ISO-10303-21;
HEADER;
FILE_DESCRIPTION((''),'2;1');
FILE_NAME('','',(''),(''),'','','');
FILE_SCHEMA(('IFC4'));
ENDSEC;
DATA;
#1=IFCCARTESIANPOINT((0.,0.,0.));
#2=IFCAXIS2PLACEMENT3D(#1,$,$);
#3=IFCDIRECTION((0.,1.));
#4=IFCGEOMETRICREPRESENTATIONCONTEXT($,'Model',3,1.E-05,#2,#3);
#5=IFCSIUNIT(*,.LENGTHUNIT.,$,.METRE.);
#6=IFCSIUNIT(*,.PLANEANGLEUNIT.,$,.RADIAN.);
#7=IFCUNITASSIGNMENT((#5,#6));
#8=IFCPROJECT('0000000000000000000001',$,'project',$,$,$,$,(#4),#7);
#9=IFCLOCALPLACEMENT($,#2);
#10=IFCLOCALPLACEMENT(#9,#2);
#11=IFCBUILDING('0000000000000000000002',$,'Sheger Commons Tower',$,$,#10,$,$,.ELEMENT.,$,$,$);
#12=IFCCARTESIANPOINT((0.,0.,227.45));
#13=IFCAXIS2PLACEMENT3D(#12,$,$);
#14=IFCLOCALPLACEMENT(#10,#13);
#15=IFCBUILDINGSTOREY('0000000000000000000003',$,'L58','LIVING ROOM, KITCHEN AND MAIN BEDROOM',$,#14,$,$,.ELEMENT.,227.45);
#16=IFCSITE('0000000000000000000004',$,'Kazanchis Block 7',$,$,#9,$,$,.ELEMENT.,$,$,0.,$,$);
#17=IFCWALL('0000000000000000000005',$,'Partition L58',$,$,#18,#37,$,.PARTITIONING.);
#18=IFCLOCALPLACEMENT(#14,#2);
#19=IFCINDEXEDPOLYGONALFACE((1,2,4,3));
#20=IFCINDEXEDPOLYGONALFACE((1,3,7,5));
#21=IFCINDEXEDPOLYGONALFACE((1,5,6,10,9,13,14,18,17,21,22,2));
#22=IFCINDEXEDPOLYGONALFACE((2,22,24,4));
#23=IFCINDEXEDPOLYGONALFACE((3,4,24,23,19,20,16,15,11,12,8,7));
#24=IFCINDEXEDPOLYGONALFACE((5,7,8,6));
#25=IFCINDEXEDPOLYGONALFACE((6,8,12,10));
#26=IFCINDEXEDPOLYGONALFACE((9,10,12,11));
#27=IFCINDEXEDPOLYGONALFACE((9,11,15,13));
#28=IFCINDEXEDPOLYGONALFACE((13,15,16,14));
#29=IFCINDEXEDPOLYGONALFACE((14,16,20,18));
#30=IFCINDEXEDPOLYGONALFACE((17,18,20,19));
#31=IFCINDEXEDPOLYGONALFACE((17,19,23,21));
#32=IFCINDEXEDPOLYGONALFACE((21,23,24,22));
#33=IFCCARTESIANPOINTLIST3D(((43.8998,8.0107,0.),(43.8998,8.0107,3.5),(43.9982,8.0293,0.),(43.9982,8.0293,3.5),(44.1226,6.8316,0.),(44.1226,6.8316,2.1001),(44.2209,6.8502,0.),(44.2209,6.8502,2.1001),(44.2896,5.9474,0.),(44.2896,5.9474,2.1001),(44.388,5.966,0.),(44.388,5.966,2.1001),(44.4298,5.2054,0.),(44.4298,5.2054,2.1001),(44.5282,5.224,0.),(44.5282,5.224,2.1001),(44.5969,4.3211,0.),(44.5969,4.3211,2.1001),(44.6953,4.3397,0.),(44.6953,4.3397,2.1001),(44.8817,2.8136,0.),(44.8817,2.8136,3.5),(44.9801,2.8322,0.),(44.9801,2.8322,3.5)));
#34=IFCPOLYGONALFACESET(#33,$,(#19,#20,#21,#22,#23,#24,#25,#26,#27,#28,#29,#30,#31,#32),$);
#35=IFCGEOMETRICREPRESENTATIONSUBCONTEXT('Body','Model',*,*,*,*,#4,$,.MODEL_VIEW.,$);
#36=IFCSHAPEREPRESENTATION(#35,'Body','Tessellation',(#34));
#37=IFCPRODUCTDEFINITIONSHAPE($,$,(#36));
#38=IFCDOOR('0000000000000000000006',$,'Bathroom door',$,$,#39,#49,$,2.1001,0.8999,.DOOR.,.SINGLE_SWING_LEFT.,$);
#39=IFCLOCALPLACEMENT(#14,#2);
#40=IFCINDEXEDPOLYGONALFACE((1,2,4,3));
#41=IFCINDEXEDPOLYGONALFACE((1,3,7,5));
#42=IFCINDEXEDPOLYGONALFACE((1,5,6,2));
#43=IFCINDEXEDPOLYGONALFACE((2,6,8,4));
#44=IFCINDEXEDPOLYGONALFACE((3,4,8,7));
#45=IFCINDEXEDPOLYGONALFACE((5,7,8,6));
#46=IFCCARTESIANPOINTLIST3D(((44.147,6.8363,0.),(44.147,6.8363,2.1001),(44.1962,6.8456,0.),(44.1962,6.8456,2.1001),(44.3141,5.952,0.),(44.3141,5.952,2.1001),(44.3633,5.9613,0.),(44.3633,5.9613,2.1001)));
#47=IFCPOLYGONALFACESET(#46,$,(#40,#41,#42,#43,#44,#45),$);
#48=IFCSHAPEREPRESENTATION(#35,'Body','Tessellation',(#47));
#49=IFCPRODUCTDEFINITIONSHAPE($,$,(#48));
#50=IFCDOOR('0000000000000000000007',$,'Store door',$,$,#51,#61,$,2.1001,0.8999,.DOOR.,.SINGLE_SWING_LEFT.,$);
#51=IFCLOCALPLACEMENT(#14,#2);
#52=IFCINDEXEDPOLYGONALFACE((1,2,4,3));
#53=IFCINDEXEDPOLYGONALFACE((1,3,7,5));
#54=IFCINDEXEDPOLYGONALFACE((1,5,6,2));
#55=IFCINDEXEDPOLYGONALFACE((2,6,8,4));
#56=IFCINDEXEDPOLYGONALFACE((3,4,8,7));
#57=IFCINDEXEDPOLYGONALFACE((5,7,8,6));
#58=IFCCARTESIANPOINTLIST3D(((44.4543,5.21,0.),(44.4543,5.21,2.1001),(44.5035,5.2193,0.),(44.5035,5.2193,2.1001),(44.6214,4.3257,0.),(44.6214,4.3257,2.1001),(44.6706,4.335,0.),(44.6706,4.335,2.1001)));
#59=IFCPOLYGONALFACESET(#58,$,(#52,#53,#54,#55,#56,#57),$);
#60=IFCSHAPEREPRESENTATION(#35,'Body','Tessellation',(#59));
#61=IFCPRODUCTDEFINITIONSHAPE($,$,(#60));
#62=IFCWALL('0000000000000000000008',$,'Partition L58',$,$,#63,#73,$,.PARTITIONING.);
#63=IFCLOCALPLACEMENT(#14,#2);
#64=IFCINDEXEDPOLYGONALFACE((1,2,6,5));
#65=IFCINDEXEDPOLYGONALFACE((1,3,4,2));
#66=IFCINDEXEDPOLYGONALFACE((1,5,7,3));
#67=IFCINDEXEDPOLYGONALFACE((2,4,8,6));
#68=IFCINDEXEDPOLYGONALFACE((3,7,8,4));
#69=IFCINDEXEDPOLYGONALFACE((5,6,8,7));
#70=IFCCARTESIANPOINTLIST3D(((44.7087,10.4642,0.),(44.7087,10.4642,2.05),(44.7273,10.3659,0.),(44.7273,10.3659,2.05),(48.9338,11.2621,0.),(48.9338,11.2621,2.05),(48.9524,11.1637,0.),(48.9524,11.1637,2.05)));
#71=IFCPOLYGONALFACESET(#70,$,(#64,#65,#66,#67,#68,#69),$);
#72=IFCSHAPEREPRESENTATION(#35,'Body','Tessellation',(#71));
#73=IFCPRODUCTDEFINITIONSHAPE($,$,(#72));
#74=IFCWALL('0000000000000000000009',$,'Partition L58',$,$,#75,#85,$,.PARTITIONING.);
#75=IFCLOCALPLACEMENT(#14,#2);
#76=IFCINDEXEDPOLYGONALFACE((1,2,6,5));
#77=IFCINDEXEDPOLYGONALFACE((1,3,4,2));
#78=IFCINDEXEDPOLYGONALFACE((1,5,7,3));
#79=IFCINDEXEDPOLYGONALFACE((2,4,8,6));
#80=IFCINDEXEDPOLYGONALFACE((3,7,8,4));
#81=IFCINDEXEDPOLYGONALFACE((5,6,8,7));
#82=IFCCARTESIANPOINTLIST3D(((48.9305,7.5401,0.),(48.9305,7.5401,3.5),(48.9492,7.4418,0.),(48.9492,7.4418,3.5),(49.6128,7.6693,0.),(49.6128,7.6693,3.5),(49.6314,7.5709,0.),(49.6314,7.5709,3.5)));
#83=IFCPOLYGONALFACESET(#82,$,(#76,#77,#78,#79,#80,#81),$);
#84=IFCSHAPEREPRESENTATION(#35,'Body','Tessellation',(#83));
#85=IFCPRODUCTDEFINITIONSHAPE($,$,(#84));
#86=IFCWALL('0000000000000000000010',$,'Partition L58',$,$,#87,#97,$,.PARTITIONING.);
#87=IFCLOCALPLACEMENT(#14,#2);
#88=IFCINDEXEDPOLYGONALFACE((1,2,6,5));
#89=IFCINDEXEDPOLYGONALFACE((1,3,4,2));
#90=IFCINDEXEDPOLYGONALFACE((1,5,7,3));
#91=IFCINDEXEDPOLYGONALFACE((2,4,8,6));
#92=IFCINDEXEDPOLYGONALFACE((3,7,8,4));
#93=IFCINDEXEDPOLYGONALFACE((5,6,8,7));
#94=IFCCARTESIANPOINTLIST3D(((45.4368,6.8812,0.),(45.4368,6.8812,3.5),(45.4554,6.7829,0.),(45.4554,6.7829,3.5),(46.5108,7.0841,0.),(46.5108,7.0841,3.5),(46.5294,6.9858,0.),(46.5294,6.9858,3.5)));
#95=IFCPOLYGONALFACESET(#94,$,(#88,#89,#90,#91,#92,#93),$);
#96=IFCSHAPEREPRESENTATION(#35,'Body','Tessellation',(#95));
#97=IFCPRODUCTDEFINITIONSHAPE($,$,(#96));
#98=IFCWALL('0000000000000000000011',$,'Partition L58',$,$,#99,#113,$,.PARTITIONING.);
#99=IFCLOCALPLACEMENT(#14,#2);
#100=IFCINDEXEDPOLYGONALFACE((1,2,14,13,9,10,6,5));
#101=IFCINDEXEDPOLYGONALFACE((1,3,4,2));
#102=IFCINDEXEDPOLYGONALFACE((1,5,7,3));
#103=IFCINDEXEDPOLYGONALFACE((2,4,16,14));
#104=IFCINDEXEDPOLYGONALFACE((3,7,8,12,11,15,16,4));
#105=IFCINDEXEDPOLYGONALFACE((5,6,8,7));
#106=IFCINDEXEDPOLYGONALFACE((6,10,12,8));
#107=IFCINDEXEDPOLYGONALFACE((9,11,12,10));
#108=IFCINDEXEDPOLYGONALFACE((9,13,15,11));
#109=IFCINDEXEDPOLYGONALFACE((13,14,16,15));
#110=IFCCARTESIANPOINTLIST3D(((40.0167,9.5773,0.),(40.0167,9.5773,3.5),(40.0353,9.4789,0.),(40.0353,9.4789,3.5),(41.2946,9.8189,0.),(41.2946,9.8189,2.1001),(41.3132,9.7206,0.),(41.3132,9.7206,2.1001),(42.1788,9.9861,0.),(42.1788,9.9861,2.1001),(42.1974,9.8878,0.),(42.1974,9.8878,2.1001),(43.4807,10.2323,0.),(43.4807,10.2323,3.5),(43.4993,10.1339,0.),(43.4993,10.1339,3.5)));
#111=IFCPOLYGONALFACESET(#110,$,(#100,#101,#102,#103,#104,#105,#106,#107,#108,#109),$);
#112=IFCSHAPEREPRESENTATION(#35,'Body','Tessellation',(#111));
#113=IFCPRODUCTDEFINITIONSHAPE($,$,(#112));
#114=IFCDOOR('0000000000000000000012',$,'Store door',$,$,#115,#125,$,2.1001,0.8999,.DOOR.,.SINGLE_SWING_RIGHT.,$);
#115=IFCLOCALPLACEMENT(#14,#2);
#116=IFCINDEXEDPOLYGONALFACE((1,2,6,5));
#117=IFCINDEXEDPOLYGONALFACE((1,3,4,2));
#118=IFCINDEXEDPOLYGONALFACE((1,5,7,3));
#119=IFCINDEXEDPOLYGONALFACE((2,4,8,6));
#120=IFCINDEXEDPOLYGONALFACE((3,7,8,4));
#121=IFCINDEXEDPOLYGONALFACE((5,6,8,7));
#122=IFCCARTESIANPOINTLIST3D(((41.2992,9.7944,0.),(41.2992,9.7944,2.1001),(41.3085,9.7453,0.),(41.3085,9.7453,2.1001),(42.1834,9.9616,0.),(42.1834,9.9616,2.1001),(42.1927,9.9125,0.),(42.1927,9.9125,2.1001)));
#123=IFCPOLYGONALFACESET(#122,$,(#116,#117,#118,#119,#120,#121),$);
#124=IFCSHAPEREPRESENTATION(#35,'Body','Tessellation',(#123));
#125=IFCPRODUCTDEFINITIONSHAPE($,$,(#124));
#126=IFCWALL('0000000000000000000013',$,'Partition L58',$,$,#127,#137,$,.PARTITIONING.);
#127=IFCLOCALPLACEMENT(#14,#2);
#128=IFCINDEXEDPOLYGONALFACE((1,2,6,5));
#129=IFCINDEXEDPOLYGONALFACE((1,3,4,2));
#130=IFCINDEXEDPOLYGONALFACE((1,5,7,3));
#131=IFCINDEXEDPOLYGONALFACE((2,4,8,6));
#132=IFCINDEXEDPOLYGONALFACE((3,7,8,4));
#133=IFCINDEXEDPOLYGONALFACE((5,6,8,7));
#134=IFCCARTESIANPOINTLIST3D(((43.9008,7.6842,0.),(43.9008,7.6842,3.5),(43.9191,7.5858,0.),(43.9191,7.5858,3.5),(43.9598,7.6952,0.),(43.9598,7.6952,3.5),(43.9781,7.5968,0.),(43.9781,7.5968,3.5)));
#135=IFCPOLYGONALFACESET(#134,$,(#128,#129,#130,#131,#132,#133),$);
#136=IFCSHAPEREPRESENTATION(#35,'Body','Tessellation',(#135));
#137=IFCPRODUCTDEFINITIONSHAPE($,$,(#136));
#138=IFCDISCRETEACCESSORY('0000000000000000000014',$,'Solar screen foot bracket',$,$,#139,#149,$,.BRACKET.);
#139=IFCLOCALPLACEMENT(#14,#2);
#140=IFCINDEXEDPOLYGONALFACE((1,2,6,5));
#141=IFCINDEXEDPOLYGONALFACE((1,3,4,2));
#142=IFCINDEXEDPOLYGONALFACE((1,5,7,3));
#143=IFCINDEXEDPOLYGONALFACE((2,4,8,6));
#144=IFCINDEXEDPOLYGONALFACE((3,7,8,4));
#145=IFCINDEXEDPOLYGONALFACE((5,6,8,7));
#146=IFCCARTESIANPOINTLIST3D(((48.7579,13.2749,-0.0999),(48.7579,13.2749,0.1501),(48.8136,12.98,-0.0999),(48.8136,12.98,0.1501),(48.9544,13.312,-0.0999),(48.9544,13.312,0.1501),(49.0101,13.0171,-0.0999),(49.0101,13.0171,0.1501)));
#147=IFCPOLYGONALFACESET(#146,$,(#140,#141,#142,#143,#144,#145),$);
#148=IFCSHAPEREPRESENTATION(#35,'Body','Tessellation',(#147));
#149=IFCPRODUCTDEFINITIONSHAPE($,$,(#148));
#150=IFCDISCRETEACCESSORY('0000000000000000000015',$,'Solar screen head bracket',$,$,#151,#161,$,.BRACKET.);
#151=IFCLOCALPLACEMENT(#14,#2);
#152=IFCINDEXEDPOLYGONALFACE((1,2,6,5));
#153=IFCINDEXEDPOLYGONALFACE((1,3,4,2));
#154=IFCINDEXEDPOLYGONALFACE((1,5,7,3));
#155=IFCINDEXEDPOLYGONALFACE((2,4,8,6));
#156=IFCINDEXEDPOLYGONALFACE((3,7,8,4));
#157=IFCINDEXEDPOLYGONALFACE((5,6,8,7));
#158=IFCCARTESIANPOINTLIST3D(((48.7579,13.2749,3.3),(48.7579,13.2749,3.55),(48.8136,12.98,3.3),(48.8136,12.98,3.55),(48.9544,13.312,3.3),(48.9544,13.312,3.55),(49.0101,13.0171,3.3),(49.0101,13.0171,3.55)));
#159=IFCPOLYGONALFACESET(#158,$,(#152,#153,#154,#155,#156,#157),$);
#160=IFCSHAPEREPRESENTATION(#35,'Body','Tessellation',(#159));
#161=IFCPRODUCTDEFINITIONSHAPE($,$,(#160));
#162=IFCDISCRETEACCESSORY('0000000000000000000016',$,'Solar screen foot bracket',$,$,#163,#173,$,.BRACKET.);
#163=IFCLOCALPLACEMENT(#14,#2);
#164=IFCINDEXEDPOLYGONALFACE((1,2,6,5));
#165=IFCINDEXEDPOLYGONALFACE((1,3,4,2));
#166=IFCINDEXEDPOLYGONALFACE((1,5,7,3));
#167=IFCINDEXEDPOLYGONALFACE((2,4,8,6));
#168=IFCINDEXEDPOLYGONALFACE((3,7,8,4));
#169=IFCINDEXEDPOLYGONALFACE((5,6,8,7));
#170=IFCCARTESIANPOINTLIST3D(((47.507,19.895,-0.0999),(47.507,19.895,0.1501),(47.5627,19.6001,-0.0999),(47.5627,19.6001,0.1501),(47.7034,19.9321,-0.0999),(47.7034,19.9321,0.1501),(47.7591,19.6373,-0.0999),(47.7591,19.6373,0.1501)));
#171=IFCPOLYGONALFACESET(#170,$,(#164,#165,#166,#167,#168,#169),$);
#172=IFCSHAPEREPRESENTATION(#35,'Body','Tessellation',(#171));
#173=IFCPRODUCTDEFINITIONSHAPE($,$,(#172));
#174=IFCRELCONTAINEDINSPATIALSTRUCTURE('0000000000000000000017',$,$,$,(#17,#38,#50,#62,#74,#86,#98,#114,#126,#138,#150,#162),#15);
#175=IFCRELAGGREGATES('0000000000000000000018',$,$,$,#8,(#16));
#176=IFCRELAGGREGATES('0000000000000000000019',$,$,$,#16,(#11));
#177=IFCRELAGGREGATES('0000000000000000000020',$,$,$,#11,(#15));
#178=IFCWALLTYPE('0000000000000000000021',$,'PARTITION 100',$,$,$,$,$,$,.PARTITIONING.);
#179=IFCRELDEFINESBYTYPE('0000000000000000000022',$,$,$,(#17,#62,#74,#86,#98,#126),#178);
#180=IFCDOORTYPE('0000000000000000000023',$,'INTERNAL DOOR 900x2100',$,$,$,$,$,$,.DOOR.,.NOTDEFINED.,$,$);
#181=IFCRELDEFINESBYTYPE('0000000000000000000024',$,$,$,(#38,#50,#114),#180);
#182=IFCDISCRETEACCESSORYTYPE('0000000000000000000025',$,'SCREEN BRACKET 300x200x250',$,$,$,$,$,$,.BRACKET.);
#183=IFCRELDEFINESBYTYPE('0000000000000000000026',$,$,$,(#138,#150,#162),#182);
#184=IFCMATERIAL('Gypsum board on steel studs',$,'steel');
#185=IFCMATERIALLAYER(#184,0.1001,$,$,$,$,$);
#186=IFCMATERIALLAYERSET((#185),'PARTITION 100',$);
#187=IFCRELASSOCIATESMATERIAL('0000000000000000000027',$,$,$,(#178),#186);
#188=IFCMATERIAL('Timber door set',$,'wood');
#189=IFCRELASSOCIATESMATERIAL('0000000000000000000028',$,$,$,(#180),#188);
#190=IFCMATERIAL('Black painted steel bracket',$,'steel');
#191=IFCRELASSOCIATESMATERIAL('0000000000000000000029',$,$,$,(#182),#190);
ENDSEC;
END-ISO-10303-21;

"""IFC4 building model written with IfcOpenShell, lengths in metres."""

from ifc_helpers import new_model, si_unit, direction, frame, frame_2d, origin, origin_2d, place, context, subcontext, project, spatial, rectangle, extrude, material, layer, layer_set, type_object, element, fill, save


model = new_model("IFC4")

# Units and contexts
model_context = context("Model", 3, precision=1e-05, world=origin(), true_north=direction((0.0, 1.0)))
body_context = subcontext(model_context, "Body", "Model", "MODEL_VIEW")
ifc_project = project(units=[si_unit("LENGTHUNIT", "METRE"), si_unit("PLANEANGLEUNIT", "RADIAN")], contexts=[model_context])

# Site, building, storey
site_placement = place(None, origin())
site = spatial("IfcSite", under=ifc_project, at=site_placement, Name="Kazanchis Block 7", CompositionType="ELEMENT", RefElevation=0.0)
building_placement = place(site_placement, origin())
building = spatial("IfcBuilding", under=site, at=building_placement, Name="Sheger Commons Tower", CompositionType="ELEMENT")
storey_placement = place(building_placement, frame((0.0, 0.0, 227.45)))
storey = spatial("IfcBuildingStorey", under=building, at=storey_placement, Name="L58", Description="LIVING ROOM, KITCHEN AND MAIN BEDROOM", CompositionType="ELEMENT", Elevation=227.45)

# Shared definitions
ifc_material_1 = material(Name="Gypsum board on steel studs", Category="steel")
ifc_layer_1 = layer(ifc_material_1, 0.1001)
ifc_layer_set_1 = layer_set([ifc_layer_1], Name="PARTITION 100")
wall_type_1 = type_object("IfcWallType", Name="PARTITION 100", PredefinedType="PARTITIONING", material=ifc_layer_set_1)

# Shared definitions
ifc_material_2 = material(Name="Timber door set", Category="wood")
door_type = type_object("IfcDoorType", Name="INTERNAL DOOR 900x2100", OperationType="NOTDEFINED", PredefinedType="DOOR", material=ifc_material_2)

# Wall, openings, doors
wall_1_placement = place(storey_placement, frame((43.949, 8.02, 0.0), z_axis=(0.0, 0.0, 1.0), x_axis=(0.185657, -0.982615, 0.0)))
wall_1 = element("IfcWall", 1, at=wall_1_placement, inside=storey, type_object=wall_type_1, Name="Partition L58", PredefinedType="PARTITIONING", context=body_context, shape_type="SweptSolid", body=[
    extrude(rectangle(XDim=5.2891, YDim=0.1001, at=frame_2d((2.6445, 0.0))), origin(), (0.0, 0.0, 1.0), 3.5),
])
opening_1_placement = place(wall_1_placement, frame((1.2, 0.0, 0.0)))
opening_1 = element("IfcOpeningElement", 2, at=opening_1_placement, cuts=wall_1, PredefinedType="OPENING", context=body_context, shape_type="SweptSolid", body=[
    extrude(rectangle(XDim=0.8999, YDim=2.1001, at=frame_2d((0.45, 1.05))), frame((0.0, 0.0601, 0.0), z_axis=(0.0, -1.0, 0.0), x_axis=(1.0, 0.0, 0.0)), (0.0, 0.0, 1.0), 0.1201),
])
opening_2_placement = place(wall_1_placement, frame((2.855, 0.0, 0.0)))
opening_2 = element("IfcOpeningElement", 3, at=opening_2_placement, cuts=wall_1, PredefinedType="OPENING", context=body_context, shape_type="SweptSolid", body=[
    extrude(rectangle(XDim=0.8999, YDim=2.1001, at=frame_2d((0.45, 1.05))), frame((0.0, 0.0601, 0.0), z_axis=(0.0, -1.0, 0.0), x_axis=(1.0, 0.0, 0.0)), (0.0, 0.0, 1.0), 0.1201),
])
door_1_placement = place(opening_1_placement, origin())
door_1 = element("IfcDoor", 4, at=door_1_placement, inside=storey, type_object=door_type, Name="Bathroom door", OperationType="SINGLE_SWING_LEFT", OverallHeight=2.1001, OverallWidth=0.8999, PredefinedType="DOOR", context=body_context, shape_type="SweptSolid", body=[
    extrude(rectangle(XDim=0.8999, YDim=2.1001, at=frame_2d((0.45, 1.05))), frame((0.0, 0.0249, 0.0), z_axis=(0.0, -1.0, 0.0), x_axis=(1.0, 0.0, 0.0)), (0.0, 0.0, 1.0), 0.05),
])
fill(opening_1, door_1)
door_2_placement = place(opening_2_placement, origin())
door_2 = element("IfcDoor", 5, at=door_2_placement, inside=storey, type_object=door_type, Name="Store door", OperationType="SINGLE_SWING_LEFT", OverallHeight=2.1001, OverallWidth=0.8999, PredefinedType="DOOR", context=body_context, shape_type="SweptSolid", body=[
    extrude(rectangle(XDim=0.8999, YDim=2.1001, at=frame_2d((0.45, 1.05))), frame((0.0, 0.0249, 0.0), z_axis=(0.0, -1.0, 0.0), x_axis=(1.0, 0.0, 0.0)), (0.0, 0.0, 1.0), 0.05),
])
fill(opening_2, door_2)

# Walls
wall_2_placement = place(storey_placement, frame((48.9431, 11.2129, 0.0), z_axis=(0.0, 0.0, 1.0), x_axis=(-0.982634, -0.185557, 0.0)))
element("IfcWall", 6, at=wall_2_placement, inside=storey, type_object=wall_type_1, Name="Partition L58", PredefinedType="PARTITIONING", context=body_context, shape_type="SweptSolid", body=[
    extrude(rectangle(XDim=4.2998, YDim=0.1001, at=frame_2d((2.1499, 0.0))), origin(), (0.0, 0.0, 1.0), 2.05),
])
wall_3_placement = place(storey_placement, frame((49.6221, 7.6201, 0.0), z_axis=(0.0, 0.0, 1.0), x_axis=(-0.982544, -0.186029, 0.0)))
element("IfcWall", 7, at=wall_3_placement, inside=storey, type_object=wall_type_1, Name="Partition L58", PredefinedType="PARTITIONING", context=body_context, shape_type="SweptSolid", body=[
    extrude(rectangle(XDim=0.6943, YDim=0.1001, at=frame_2d((0.3472, 0.0))), origin(), (0.0, 0.0, 1.0), 3.5),
])
wall_4_placement = place(storey_placement, frame((46.52, 7.0349, 0.0), z_axis=(0.0, 0.0, 1.0), x_axis=(-0.982621, -0.185624, 0.0)))
element("IfcWall", 8, at=wall_4_placement, inside=storey, type_object=wall_type_1, Name="Partition L58", PredefinedType="PARTITIONING", context=body_context, shape_type="SweptSolid", body=[
    extrude(rectangle(XDim=1.093, YDim=0.1001, at=frame_2d((0.5464, 0.0))), origin(), (0.0, 0.0, 1.0), 3.5),
])

# Wall, opening, door
wall_5_placement = place(storey_placement, frame((43.49, 10.1831, 0.0), z_axis=(0.0, 0.0, 1.0), x_axis=(-0.982588, -0.185798, 0.0)))
wall_5 = element("IfcWall", 9, at=wall_5_placement, inside=storey, type_object=wall_type_1, Name="Partition L58", PredefinedType="PARTITIONING", context=body_context, shape_type="SweptSolid", body=[
    extrude(rectangle(XDim=3.5254, YDim=0.1001, at=frame_2d((1.7627, 0.0))), origin(), (0.0, 0.0, 1.0), 3.5),
])
opening_3_placement = place(wall_5_placement, frame((1.325, 0.0, 0.0)))
opening_3 = element("IfcOpeningElement", 10, at=opening_3_placement, cuts=wall_5, PredefinedType="OPENING", context=body_context, shape_type="SweptSolid", body=[
    extrude(rectangle(XDim=0.8999, YDim=2.1001, at=frame_2d((0.45, 1.05))), frame((0.0, 0.0601, 0.0), z_axis=(0.0, -1.0, 0.0), x_axis=(1.0, 0.0, 0.0)), (0.0, 0.0, 1.0), 0.1201),
])
door_3_placement = place(opening_3_placement, origin())
door_3 = element("IfcDoor", 11, at=door_3_placement, inside=storey, type_object=door_type, Name="Store door", OperationType="SINGLE_SWING_RIGHT", OverallHeight=2.1001, OverallWidth=0.8999, PredefinedType="DOOR", context=body_context, shape_type="SweptSolid", body=[
    extrude(rectangle(XDim=0.8999, YDim=2.1001, at=frame_2d((0.45, 1.05))), frame((0.0, 0.0249, 0.0), z_axis=(0.0, -1.0, 0.0), x_axis=(1.0, 0.0, 0.0)), (0.0, 0.0, 1.0), 0.05),
])
fill(opening_3, door_3)

# Wall
wall_6_placement = place(storey_placement, frame((43.969, 7.646, 0.0), z_axis=(0.0, 0.0, 1.0), x_axis=(-0.983147, -0.182817, 0.0)))
element("IfcWall", 12, at=wall_6_placement, inside=storey, type_object=wall_type_1, Name="Partition L58", PredefinedType="PARTITIONING", context=body_context, shape_type="SweptSolid", body=[
    extrude(rectangle(XDim=0.0601, YDim=0.1001, at=frame_2d((0.03, 0.0))), origin(), (0.0, 0.0, 1.0), 3.5),
])

# Discrete accessories
ifc_material_3 = material(Name="Black painted steel bracket", Category="steel")
discrete_accessory_type = type_object("IfcDiscreteAccessoryType", Name="SCREEN BRACKET 300x200x250", PredefinedType="BRACKET", material=ifc_material_3)
for number, where, z_axis, x_axis, name in (
    (13, (48.884, 13.146, -0.0999), (0.0, 0.0, 1.0), (-0.185615, 0.982623, 0.0), "Solar screen foot bracket"),
    (14, (48.884, 13.146, 3.3), (0.0, 0.0, 1.0), (-0.185615, 0.982623, 0.0), "Solar screen head bracket"),
    (15, (47.6331, 19.7661, -0.0999), (0.0, 0.0, 1.0), (-0.185615, 0.982623, 0.0), "Solar screen foot bracket"),
):
    element("IfcDiscreteAccessory", number, at=place(storey_placement, frame(where, z_axis=z_axis, x_axis=x_axis)), inside=storey, type_object=discrete_accessory_type, Name=name, PredefinedType="BRACKET", context=body_context, shape_type="SweptSolid", body=[
        extrude(rectangle(XDim=0.3, YDim=0.2, at=origin_2d()), origin(), (0.0, 0.0, 1.0), 0.25),
    ])

save(model, "model.ifc")
